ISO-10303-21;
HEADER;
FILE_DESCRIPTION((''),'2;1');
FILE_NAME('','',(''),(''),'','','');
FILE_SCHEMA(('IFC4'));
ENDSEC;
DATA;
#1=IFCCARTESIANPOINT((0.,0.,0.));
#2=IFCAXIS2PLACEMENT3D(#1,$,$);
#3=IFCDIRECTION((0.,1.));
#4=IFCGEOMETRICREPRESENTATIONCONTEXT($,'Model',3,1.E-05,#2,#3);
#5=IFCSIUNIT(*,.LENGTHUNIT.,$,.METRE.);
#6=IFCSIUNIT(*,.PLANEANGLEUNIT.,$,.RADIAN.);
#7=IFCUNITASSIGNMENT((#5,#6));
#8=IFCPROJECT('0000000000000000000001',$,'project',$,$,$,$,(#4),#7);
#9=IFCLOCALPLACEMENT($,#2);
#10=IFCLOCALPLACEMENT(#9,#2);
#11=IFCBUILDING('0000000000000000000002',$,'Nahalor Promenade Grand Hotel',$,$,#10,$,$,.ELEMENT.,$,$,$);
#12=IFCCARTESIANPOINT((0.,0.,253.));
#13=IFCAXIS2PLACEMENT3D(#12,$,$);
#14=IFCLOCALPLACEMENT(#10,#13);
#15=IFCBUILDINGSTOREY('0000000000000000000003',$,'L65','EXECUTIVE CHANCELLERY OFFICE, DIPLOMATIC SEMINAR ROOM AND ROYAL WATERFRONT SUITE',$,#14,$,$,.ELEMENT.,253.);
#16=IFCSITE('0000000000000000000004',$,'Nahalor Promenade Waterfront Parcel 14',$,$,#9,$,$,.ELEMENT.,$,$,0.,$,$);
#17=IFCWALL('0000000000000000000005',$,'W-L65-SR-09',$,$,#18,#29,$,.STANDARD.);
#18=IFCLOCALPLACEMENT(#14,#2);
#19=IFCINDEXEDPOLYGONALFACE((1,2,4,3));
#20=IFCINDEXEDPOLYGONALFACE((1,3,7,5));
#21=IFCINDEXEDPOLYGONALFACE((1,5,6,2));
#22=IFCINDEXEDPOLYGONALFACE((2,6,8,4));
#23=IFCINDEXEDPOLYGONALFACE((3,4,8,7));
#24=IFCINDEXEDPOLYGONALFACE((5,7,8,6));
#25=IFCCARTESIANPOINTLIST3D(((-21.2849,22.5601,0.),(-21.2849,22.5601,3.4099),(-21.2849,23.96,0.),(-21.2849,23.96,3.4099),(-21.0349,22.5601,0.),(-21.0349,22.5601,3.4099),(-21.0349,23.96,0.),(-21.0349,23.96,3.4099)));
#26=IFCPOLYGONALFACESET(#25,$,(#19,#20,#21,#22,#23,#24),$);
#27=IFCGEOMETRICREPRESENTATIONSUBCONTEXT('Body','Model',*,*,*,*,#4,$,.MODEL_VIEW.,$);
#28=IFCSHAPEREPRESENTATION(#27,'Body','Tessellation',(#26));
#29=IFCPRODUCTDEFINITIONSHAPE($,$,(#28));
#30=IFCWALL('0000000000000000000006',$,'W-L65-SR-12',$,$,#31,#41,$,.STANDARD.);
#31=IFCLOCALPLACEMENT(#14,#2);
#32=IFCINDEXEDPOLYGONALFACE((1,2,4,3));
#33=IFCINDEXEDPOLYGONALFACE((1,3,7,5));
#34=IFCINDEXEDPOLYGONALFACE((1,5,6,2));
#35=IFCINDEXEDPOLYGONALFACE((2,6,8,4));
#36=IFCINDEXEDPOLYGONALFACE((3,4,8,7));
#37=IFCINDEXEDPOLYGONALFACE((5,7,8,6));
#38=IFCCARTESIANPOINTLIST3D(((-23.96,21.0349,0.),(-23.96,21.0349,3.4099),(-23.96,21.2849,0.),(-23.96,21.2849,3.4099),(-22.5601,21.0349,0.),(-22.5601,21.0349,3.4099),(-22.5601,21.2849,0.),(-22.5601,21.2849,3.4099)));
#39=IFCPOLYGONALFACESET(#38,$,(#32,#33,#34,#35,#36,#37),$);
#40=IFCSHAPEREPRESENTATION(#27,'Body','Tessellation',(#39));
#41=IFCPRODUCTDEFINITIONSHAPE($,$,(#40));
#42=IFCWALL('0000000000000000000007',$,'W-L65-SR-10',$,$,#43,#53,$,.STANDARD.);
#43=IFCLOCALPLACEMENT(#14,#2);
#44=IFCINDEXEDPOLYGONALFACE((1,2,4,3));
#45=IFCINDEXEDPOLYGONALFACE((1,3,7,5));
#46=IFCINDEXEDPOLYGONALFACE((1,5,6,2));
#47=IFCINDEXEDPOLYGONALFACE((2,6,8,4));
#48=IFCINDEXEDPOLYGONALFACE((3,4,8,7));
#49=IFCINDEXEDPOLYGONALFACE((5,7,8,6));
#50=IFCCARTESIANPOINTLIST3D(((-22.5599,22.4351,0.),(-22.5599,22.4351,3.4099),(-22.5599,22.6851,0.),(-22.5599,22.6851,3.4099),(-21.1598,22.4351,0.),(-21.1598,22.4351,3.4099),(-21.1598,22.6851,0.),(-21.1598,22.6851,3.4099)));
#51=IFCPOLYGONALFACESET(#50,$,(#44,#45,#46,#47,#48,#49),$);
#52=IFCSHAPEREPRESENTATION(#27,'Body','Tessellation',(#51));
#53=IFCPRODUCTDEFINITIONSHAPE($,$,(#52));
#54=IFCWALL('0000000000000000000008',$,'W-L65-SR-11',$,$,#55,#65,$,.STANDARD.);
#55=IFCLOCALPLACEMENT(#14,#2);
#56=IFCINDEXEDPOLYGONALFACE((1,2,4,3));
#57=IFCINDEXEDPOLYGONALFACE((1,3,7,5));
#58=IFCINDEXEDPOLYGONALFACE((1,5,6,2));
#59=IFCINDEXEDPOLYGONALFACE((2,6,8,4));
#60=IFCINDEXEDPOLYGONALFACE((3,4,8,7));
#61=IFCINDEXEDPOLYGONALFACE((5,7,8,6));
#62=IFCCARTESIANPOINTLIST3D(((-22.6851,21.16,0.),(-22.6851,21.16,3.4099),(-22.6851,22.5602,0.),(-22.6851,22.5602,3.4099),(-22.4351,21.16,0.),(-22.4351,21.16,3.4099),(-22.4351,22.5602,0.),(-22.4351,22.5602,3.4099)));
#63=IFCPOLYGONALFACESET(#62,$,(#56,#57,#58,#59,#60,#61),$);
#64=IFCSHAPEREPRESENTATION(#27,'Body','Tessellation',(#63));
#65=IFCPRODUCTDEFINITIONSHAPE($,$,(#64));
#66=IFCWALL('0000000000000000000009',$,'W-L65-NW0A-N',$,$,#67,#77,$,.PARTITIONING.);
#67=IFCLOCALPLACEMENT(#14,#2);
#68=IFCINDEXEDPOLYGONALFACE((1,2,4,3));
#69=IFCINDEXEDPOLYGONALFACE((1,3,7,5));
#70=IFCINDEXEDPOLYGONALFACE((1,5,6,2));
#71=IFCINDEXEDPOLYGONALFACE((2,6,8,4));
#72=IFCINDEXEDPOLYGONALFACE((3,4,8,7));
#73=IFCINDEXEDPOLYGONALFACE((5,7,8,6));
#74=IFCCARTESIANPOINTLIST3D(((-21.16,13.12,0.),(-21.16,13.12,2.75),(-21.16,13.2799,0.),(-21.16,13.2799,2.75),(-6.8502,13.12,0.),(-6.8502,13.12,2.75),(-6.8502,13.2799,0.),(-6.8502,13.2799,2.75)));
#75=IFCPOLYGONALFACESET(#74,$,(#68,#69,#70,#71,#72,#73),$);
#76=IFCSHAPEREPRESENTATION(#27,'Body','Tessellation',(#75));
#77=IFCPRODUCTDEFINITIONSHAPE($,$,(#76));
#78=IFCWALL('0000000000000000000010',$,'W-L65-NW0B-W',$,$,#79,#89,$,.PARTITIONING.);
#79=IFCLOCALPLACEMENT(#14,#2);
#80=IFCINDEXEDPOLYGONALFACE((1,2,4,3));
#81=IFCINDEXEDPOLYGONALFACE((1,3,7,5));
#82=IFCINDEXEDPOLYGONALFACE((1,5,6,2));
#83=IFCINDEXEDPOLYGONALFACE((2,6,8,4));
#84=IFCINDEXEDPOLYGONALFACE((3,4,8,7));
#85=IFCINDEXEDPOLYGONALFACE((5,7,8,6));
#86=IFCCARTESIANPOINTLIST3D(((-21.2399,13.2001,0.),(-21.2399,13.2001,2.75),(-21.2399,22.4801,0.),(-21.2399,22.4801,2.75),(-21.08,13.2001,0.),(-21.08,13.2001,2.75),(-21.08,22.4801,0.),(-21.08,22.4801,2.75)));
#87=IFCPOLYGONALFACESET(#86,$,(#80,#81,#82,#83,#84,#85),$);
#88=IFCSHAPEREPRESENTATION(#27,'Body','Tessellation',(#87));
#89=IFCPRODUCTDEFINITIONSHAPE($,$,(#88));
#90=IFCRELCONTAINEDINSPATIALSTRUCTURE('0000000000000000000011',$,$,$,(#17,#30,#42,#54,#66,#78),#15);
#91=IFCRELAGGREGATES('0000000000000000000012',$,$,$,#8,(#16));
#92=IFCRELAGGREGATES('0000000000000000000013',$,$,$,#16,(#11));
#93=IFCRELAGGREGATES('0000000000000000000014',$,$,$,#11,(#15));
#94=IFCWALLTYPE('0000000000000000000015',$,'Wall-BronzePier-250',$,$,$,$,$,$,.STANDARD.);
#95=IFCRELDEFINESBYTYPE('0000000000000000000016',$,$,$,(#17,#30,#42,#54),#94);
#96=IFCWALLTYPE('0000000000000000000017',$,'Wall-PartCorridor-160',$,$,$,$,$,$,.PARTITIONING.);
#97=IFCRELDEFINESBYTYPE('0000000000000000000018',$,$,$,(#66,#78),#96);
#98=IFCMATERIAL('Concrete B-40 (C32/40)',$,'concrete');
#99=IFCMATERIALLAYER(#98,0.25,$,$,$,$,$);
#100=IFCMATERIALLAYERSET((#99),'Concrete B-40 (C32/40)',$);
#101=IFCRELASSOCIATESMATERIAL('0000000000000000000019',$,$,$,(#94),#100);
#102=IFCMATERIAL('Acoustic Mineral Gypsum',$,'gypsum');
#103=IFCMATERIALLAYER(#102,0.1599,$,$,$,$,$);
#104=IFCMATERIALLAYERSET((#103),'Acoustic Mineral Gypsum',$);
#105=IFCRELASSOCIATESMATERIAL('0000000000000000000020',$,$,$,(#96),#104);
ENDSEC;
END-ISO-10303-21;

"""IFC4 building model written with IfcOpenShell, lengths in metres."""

from ifc_helpers import new_model, si_unit, direction, frame, frame_2d, origin, place, context, subcontext, project, spatial, rectangle, extrude, source, transform, mapped, material, layer, layer_set, type_object, element, save


model = new_model("IFC4")

# Units and contexts
model_context = context("Model", 3, precision=1e-05, world=origin(), true_north=direction((0.0, 1.0)))
body_context = subcontext(model_context, "Body", "Model", "MODEL_VIEW")
ifc_project = project(units=[si_unit("LENGTHUNIT", "METRE"), si_unit("PLANEANGLEUNIT", "RADIAN")], contexts=[model_context])

# Site, building, storey
site_placement = place(None, origin())
site = spatial("IfcSite", under=ifc_project, at=site_placement, Name="Nahalor Promenade Waterfront Parcel 14", CompositionType="ELEMENT", RefElevation=0.0)
building_placement = place(site_placement, origin())
building = spatial("IfcBuilding", under=site, at=building_placement, Name="Nahalor Promenade Grand Hotel", CompositionType="ELEMENT")
storey_placement = place(building_placement, frame((0.0, 0.0, 253.0)))
storey = spatial("IfcBuildingStorey", under=building, at=storey_placement, Name="L65", Description="EXECUTIVE CHANCELLERY OFFICE, DIPLOMATIC SEMINAR ROOM AND ROYAL WATERFRONT SUITE", CompositionType="ELEMENT", Elevation=253.0)

# Walls
ifc_material_1 = material(Name="Concrete B-40 (C32/40)", Category="concrete")
ifc_layer_1 = layer(ifc_material_1, 0.25)
ifc_layer_set_1 = layer_set([ifc_layer_1], Name="Concrete B-40 (C32/40)")
wall_type_1 = type_object("IfcWallType", Name="Wall-BronzePier-250", PredefinedType="STANDARD", material=ifc_layer_set_1)
shared_shape_1 = source(origin(), body_context, "Body", "SweptSolid", [
    extrude(rectangle(XDim=1.3999, YDim=0.25, at=frame_2d((0.7, 0.0))), origin(), (0.0, 0.0, 1.0), 3.4099),
])
for number, where, z_axis, x_axis, name in (
    (1, (-21.1599, 22.5601, 0.0), (0.0, 0.0, 1.0), (0.0, 1.0, 0.0), "W-L65-SR-09"),
    (2, (-23.96, 21.1599, 0.0), (0.0, 0.0, 1.0), (1.0, 0.0, 0.0), "W-L65-SR-12"),
):
    element("IfcWall", number, at=place(storey_placement, frame(where, z_axis=z_axis, x_axis=x_axis)), inside=storey, type_object=wall_type_1, Name=name, PredefinedType="STANDARD", context=body_context, shape_type="MappedRepresentation", body=[
        mapped(shared_shape_1, transform((0.0, 0.0, 0.0), scale=1.0)),
    ])
shared_shape_2 = source(origin(), body_context, "Body", "SweptSolid", [
    extrude(rectangle(XDim=1.4001, YDim=0.25, at=frame_2d((0.7002, 0.0))), origin(), (0.0, 0.0, 1.0), 3.4099),
])
for number, where, z_axis, x_axis, name in (
    (3, (-22.5601, 22.5601, 0.0), (0.0, 0.0, 1.0), (1.0, 0.0, 0.0), "W-L65-SR-10"),
    (4, (-22.5601, 21.1599, 0.0), (0.0, 0.0, 1.0), (0.0, 1.0, 0.0), "W-L65-SR-11"),
):
    element("IfcWall", number, at=place(storey_placement, frame(where, z_axis=z_axis, x_axis=x_axis)), inside=storey, type_object=wall_type_1, Name=name, PredefinedType="STANDARD", context=body_context, shape_type="MappedRepresentation", body=[
        mapped(shared_shape_2, transform((0.0, 0.0, 0.0), scale=1.0)),
    ])
ifc_material_2 = material(Name="Acoustic Mineral Gypsum", Category="gypsum")
ifc_layer_2 = layer(ifc_material_2, 0.1599)
ifc_layer_set_2 = layer_set([ifc_layer_2], Name="Acoustic Mineral Gypsum")
wall_type_2 = type_object("IfcWallType", Name="Wall-PartCorridor-160", PredefinedType="PARTITIONING", material=ifc_layer_set_2)
shared_shape_3 = source(origin(), body_context, "Body", "SweptSolid", [
    extrude(rectangle(XDim=14.3098, YDim=0.1599, at=frame_2d((7.1548, 0.0))), origin(), (0.0, 0.0, 1.0), 2.75),
])
wall_1_placement = place(storey_placement, frame((-21.1599, 13.2, 0.0), z_axis=(0.0, 0.0, 1.0), x_axis=(1.0, 0.0, 0.0)))
element("IfcWall", 5, at=wall_1_placement, inside=storey, type_object=wall_type_2, Name="W-L65-NW0A-N", PredefinedType="PARTITIONING", context=body_context, shape_type="MappedRepresentation", body=[
    mapped(shared_shape_3, transform((0.0, 0.0, 0.0), scale=1.0)),
])
shared_shape_4 = source(origin(), body_context, "Body", "SweptSolid", [
    extrude(rectangle(XDim=9.28, YDim=0.1599, at=frame_2d((4.6401, 0.0))), origin(), (0.0, 0.0, 1.0), 2.75),
])
wall_2_placement = place(storey_placement, frame((-21.1599, 13.2, 0.0), z_axis=(0.0, 0.0, 1.0), x_axis=(0.0, 1.0, 0.0)))
element("IfcWall", 6, at=wall_2_placement, inside=storey, type_object=wall_type_2, Name="W-L65-NW0B-W", PredefinedType="PARTITIONING", context=body_context, shape_type="MappedRepresentation", body=[
    mapped(shared_shape_4, transform((0.0, 0.0, 0.0), scale=1.0)),
])

save(model, "model.ifc")
